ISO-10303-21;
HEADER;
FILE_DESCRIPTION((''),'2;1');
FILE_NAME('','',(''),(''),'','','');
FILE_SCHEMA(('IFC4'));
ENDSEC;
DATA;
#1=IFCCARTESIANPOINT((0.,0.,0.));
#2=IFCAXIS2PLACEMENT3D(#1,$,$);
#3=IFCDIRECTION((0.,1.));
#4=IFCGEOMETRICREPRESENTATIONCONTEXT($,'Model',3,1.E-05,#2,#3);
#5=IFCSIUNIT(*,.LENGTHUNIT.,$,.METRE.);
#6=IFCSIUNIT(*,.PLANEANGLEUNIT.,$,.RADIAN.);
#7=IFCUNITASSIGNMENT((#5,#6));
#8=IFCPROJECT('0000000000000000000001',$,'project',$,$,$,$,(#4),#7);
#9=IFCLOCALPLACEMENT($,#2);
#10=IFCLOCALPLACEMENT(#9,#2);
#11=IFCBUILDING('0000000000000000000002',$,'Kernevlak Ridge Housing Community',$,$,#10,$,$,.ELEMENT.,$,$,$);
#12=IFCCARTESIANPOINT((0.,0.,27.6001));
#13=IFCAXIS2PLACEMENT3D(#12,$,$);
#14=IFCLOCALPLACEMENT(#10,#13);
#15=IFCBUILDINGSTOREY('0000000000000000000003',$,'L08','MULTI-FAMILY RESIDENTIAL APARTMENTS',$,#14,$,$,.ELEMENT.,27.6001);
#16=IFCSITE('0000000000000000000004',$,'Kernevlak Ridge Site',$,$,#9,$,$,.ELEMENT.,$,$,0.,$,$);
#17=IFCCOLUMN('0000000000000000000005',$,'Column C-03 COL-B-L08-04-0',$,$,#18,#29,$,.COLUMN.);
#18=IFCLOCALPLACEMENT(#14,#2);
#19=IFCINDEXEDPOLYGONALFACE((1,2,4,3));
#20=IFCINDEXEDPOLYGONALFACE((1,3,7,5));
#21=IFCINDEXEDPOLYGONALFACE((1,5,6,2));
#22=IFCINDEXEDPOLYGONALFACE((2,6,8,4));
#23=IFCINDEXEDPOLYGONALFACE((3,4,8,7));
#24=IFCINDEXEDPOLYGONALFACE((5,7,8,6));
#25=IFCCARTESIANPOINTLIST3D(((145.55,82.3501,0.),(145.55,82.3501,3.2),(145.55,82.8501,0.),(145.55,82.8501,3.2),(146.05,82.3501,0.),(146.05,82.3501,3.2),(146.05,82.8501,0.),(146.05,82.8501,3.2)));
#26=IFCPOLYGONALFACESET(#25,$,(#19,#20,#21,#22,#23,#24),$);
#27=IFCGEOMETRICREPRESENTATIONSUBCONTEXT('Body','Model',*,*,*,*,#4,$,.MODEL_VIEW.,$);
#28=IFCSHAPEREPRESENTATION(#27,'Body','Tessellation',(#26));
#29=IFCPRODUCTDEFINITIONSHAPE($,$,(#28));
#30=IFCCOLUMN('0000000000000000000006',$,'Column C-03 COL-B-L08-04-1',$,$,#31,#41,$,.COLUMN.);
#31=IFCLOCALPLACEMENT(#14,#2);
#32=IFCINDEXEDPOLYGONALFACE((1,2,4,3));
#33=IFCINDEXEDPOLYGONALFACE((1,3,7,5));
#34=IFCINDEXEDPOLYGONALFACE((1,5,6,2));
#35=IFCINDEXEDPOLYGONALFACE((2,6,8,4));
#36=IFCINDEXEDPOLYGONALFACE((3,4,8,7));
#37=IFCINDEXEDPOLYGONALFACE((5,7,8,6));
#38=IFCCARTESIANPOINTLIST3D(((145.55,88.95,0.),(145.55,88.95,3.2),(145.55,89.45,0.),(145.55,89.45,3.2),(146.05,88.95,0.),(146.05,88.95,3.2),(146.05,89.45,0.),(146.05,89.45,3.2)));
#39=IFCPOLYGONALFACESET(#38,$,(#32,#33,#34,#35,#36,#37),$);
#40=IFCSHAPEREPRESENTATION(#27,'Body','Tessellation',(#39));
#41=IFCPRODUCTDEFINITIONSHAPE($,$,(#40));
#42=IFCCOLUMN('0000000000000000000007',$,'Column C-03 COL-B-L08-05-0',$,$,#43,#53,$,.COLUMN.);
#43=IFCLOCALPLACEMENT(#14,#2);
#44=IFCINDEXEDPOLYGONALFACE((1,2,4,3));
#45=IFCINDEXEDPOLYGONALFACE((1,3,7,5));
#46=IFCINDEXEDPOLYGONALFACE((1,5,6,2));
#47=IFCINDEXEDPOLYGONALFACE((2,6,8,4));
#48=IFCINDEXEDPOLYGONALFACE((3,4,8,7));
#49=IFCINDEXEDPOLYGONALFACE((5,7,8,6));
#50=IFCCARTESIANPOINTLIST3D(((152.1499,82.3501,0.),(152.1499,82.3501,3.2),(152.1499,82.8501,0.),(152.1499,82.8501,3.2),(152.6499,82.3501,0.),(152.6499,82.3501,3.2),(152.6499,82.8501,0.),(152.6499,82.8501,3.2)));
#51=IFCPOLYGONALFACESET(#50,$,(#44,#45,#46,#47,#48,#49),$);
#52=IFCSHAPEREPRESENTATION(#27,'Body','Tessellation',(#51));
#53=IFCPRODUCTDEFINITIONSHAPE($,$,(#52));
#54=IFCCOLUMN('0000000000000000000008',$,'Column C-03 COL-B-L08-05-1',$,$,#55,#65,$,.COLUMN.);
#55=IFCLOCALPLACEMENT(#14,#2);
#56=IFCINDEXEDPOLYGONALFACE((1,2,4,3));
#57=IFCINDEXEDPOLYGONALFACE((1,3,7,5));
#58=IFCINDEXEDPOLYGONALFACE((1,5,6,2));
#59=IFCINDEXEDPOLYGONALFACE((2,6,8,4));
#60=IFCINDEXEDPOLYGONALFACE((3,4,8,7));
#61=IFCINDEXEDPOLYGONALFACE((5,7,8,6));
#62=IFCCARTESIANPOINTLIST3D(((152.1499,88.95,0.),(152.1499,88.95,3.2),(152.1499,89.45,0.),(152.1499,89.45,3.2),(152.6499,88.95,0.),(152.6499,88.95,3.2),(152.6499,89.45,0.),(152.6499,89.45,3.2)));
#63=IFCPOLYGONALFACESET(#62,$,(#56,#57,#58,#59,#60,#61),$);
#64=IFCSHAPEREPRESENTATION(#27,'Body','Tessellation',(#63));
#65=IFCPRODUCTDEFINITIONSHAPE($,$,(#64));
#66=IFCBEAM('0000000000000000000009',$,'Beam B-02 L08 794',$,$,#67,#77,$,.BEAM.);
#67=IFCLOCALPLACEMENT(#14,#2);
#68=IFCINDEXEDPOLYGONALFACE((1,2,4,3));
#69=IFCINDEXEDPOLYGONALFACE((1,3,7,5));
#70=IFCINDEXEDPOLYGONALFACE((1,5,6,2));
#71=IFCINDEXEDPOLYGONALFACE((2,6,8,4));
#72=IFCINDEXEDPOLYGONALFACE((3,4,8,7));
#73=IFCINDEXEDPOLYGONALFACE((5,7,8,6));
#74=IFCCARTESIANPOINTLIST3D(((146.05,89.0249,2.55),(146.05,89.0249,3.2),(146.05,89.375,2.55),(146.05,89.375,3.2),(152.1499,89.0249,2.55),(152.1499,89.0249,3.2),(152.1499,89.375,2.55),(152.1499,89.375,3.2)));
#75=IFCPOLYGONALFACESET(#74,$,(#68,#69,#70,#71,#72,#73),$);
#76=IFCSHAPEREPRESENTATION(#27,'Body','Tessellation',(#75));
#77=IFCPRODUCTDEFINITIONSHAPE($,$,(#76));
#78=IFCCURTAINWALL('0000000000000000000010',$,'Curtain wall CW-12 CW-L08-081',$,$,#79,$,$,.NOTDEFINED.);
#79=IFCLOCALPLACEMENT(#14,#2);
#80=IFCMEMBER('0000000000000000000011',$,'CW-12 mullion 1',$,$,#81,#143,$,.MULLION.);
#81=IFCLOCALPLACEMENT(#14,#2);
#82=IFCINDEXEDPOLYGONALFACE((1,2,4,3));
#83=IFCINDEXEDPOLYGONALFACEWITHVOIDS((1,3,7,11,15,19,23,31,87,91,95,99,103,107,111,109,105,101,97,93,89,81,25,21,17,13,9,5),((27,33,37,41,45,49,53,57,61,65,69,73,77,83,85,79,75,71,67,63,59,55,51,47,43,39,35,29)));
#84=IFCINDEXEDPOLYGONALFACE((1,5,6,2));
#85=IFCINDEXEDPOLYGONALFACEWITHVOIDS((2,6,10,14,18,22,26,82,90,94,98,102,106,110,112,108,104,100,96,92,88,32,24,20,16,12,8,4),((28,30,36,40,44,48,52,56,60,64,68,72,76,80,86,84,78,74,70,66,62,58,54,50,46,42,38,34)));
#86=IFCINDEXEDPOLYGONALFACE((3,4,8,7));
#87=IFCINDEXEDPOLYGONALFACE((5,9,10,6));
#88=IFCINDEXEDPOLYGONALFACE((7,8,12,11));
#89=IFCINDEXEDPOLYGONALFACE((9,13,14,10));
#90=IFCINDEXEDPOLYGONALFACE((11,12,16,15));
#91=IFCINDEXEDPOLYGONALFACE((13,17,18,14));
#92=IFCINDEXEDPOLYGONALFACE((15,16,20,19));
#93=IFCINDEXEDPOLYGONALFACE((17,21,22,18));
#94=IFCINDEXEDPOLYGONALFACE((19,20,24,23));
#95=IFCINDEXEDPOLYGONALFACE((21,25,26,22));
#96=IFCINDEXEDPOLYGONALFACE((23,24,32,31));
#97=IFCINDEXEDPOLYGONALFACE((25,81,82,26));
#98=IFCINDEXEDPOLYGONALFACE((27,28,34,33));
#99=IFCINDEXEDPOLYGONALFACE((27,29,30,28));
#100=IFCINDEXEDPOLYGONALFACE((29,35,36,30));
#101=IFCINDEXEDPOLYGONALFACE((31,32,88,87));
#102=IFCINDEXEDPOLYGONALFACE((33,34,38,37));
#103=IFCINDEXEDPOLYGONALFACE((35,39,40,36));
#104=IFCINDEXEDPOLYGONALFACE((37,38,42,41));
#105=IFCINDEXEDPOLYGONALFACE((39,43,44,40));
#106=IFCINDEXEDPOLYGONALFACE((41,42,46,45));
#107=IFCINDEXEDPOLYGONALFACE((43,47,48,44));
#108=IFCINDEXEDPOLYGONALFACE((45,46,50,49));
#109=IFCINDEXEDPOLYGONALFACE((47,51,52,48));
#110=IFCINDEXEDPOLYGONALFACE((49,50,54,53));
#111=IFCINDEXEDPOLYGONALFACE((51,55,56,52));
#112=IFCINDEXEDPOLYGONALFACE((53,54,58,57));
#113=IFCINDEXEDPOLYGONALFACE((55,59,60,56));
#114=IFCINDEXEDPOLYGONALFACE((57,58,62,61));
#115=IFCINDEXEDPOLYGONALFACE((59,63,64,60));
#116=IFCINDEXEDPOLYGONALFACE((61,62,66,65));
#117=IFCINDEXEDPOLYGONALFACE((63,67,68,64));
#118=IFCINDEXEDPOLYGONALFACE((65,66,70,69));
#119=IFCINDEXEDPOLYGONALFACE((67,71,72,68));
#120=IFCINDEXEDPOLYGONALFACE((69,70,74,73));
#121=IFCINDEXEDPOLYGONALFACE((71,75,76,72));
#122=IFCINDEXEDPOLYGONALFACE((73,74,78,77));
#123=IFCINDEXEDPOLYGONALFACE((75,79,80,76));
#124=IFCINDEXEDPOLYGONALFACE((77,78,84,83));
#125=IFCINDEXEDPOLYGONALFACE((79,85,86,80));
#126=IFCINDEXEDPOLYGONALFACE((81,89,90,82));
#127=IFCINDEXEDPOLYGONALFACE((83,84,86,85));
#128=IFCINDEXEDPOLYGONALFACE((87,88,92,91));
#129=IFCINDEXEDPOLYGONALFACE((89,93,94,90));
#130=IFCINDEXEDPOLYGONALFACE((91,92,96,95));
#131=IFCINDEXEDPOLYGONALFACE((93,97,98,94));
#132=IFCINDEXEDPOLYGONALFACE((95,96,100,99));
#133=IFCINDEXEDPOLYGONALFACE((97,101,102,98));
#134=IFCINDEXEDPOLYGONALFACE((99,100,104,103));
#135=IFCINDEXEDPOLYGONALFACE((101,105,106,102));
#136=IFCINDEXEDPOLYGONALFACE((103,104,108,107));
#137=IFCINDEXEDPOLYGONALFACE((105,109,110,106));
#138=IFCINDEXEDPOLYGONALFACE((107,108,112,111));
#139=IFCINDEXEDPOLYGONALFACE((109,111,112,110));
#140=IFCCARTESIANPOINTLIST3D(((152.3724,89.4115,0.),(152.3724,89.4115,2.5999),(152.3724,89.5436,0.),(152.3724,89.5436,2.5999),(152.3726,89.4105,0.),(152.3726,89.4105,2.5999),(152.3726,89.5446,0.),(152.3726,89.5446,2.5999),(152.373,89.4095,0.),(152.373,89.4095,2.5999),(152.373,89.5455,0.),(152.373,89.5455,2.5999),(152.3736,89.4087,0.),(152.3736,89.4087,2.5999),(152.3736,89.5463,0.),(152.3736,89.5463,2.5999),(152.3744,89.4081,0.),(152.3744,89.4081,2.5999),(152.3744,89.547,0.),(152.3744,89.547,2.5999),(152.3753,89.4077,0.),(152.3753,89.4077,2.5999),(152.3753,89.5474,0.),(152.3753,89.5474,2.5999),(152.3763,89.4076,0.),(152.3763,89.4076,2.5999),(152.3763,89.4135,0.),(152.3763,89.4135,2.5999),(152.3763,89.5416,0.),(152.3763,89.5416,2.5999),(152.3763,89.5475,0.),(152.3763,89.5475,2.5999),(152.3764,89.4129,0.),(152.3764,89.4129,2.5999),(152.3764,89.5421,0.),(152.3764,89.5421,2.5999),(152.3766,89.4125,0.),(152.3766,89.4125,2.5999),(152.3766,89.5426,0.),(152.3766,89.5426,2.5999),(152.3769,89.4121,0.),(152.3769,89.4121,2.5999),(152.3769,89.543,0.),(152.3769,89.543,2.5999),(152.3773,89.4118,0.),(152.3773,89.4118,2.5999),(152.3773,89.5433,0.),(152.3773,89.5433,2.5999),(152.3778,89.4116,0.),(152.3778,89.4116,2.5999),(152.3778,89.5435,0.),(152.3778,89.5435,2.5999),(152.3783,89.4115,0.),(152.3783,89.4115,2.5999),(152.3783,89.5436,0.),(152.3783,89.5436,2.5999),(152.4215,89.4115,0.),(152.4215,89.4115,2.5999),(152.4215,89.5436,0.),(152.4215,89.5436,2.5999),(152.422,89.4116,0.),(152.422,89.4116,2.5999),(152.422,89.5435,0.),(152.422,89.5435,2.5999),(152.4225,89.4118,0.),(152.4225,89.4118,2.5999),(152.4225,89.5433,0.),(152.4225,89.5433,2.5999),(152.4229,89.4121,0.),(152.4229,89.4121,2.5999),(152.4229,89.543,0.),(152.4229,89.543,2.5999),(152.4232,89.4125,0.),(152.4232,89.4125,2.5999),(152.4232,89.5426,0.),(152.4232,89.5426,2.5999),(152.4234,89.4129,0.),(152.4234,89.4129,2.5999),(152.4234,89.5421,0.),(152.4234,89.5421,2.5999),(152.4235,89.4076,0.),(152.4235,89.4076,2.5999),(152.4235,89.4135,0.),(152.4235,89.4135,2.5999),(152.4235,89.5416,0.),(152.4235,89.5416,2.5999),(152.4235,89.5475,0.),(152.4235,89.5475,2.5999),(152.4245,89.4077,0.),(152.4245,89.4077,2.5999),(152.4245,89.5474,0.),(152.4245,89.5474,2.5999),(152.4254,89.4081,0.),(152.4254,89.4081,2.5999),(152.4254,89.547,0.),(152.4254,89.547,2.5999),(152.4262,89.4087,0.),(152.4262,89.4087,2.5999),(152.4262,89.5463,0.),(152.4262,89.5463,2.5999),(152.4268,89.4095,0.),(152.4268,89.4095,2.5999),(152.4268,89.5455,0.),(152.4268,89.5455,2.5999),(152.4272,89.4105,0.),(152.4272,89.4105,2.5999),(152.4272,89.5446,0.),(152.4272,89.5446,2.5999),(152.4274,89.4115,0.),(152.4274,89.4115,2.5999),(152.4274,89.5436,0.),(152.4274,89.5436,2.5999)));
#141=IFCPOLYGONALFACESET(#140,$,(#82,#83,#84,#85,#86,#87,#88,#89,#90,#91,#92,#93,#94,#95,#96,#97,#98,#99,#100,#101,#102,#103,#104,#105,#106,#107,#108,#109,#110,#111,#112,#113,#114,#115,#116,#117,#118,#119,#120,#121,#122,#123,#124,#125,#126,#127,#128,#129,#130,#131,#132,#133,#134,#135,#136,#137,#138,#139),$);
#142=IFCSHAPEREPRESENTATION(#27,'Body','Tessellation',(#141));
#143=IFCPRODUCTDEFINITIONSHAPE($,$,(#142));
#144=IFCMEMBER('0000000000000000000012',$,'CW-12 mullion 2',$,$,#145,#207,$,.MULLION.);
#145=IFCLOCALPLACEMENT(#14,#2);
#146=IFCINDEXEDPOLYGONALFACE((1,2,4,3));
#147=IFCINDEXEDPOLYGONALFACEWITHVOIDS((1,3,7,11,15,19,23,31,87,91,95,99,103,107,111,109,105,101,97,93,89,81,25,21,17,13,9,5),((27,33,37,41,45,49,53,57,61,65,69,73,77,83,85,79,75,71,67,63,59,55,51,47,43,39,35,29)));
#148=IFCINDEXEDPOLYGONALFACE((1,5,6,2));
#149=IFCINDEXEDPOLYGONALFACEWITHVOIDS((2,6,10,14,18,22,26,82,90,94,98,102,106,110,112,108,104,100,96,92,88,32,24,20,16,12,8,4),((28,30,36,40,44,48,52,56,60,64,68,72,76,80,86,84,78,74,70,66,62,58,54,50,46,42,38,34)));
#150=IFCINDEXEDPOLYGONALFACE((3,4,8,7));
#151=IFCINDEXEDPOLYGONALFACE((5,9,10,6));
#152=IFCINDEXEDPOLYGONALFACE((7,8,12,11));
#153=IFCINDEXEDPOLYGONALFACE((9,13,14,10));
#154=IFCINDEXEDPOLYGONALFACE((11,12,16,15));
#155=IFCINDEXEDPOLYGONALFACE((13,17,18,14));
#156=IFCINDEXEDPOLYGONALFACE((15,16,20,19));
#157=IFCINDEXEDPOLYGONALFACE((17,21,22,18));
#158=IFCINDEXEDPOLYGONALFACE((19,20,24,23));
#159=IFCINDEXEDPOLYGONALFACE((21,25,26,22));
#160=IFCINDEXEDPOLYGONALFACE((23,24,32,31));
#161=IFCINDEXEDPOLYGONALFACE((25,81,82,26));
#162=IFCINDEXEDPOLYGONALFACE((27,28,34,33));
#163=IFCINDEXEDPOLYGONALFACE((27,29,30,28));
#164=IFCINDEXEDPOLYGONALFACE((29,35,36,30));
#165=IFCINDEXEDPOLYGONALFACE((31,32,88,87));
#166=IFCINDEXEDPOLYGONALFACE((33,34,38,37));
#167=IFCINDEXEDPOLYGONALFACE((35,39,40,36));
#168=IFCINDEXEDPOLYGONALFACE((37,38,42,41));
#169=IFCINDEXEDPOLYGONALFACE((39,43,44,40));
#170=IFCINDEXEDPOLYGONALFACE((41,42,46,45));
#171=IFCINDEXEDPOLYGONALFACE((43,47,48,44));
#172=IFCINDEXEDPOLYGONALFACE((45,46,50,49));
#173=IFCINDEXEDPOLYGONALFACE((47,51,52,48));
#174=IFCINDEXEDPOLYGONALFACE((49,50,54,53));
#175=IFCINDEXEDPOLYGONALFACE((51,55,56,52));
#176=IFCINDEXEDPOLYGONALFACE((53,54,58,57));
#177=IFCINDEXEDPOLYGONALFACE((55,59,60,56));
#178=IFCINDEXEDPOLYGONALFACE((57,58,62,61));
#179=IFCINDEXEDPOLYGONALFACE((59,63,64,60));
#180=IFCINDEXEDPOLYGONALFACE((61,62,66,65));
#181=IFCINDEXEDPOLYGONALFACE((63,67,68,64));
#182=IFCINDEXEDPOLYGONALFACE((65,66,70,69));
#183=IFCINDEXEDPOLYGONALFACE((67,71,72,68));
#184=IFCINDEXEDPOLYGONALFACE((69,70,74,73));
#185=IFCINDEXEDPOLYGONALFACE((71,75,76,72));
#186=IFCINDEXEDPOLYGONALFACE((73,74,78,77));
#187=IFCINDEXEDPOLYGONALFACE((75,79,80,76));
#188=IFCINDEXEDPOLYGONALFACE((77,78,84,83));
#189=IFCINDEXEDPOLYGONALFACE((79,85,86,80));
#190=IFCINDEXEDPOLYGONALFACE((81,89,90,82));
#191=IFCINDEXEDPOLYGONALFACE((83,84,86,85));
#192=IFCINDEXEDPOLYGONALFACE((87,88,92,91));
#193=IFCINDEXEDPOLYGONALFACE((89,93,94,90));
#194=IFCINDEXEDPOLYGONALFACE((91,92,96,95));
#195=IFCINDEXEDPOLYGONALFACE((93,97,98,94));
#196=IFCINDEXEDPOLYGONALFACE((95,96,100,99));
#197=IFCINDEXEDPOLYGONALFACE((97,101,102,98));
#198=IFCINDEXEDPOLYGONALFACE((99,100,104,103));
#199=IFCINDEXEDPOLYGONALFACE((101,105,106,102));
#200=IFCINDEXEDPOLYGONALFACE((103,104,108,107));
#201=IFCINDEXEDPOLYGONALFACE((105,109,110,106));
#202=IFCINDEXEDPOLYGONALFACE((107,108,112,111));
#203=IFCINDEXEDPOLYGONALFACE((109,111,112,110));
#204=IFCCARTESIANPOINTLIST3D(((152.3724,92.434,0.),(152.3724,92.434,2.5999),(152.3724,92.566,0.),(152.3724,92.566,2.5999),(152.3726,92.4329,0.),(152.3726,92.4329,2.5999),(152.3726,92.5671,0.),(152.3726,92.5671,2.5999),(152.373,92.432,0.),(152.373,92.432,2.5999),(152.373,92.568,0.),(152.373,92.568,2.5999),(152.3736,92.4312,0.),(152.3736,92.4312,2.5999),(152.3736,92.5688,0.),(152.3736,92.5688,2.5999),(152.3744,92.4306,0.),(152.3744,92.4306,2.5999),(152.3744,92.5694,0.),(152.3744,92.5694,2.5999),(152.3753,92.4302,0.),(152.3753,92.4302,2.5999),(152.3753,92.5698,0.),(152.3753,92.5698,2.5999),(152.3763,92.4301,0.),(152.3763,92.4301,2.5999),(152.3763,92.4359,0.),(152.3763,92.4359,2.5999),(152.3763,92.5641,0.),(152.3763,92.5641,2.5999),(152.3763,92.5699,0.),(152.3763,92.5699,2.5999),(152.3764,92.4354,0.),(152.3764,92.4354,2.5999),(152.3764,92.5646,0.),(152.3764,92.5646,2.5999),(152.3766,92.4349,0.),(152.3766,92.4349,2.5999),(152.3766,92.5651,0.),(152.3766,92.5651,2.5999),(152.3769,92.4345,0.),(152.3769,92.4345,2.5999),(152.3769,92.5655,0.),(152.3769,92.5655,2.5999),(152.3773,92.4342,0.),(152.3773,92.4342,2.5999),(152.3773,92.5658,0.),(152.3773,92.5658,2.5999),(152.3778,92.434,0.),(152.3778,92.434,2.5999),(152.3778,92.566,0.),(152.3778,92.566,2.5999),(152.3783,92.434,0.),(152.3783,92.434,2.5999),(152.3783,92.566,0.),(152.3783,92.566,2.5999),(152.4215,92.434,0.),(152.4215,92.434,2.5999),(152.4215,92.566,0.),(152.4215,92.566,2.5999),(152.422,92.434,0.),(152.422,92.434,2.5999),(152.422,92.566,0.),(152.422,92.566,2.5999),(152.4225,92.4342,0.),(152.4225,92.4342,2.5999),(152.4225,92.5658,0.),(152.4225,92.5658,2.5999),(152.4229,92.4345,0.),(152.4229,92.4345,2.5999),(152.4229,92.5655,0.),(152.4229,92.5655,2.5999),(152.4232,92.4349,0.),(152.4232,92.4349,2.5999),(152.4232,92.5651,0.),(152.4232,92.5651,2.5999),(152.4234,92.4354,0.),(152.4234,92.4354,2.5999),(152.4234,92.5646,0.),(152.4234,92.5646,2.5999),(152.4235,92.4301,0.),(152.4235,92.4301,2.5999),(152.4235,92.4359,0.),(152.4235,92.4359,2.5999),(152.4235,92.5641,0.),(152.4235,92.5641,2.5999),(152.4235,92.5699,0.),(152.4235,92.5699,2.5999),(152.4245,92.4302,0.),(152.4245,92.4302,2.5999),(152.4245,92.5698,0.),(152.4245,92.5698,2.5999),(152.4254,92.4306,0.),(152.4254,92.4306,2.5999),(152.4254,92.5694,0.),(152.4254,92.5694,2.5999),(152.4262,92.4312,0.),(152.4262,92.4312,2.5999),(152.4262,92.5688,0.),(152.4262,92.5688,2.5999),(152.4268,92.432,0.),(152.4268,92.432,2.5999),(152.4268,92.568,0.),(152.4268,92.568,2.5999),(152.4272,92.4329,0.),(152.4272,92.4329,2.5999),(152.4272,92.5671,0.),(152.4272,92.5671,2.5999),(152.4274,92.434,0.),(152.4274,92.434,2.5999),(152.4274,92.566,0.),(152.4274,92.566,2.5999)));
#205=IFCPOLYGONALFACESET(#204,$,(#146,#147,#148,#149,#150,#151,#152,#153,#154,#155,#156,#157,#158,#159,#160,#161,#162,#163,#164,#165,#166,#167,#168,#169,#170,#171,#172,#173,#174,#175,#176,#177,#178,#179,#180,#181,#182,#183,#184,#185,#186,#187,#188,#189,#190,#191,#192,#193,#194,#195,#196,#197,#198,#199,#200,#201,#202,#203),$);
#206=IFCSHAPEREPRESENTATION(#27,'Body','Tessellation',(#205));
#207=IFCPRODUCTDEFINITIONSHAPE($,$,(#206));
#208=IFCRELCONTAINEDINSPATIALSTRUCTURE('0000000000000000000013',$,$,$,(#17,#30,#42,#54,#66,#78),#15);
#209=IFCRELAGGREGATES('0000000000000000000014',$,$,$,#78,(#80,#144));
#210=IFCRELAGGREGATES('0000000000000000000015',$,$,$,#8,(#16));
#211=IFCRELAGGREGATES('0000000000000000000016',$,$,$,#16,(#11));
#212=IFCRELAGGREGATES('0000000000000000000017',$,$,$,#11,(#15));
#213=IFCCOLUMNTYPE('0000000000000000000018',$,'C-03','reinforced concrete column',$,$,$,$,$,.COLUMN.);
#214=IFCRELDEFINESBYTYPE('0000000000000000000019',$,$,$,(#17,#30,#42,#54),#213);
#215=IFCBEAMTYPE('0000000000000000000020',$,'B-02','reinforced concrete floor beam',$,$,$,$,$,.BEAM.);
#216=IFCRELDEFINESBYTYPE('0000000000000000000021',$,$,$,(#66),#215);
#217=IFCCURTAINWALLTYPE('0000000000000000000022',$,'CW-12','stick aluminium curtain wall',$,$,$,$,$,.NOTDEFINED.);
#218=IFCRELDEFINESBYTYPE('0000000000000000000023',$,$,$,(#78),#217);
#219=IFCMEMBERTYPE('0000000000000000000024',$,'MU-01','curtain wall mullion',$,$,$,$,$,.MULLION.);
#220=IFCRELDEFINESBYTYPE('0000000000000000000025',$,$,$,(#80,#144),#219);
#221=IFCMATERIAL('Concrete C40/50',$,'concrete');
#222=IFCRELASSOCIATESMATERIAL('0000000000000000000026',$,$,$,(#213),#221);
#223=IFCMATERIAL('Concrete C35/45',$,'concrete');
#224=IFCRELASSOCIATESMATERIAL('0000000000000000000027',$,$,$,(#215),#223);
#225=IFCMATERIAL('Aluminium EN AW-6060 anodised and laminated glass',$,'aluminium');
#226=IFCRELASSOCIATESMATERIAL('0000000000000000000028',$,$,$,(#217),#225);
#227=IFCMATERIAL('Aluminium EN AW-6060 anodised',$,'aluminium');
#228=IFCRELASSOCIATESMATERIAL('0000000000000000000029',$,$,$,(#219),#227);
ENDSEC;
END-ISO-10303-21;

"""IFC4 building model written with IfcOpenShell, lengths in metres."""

from ifc_helpers import new_model, si_unit, direction, frame, origin, origin_2d, place, context, subcontext, project, spatial, rectangle, hollow_rectangle, extrude, material, material_profile, profile_set, type_object, element, aggregate, save


model = new_model("IFC4")

# Units and contexts
model_context = context("Model", 3, precision=1e-05, world=origin(), true_north=direction((0.0, 1.0)))
body_context = subcontext(model_context, "Body", "Model", "MODEL_VIEW")
ifc_project = project(units=[si_unit("LENGTHUNIT", "METRE"), si_unit("PLANEANGLEUNIT", "RADIAN")], contexts=[model_context])

# Site, building, storey
site_placement = place(None, origin())
site = spatial("IfcSite", under=ifc_project, at=site_placement, Name="Kernevlak Ridge Site", CompositionType="ELEMENT", RefElevation=0.0)
building_placement = place(site_placement, origin())
building = spatial("IfcBuilding", under=site, at=building_placement, Name="Kernevlak Ridge Housing Community", CompositionType="ELEMENT")
storey_placement = place(building_placement, frame((0.0, 0.0, 27.6001)))
storey = spatial("IfcBuildingStorey", under=building, at=storey_placement, Name="L08", Description="MULTI-FAMILY RESIDENTIAL APARTMENTS", CompositionType="ELEMENT", Elevation=27.6001)

# Columns
ifc_material_1 = material(Name="Concrete C40/50", Category="concrete")
ifc_material_profile_1 = material_profile(ifc_material_1, rectangle(XDim=0.5, YDim=0.5, at=origin_2d()), Name="RC 500x500")
ifc_profile_set_1 = profile_set([ifc_material_profile_1], Name="Concrete C40/50")
column_type = type_object("IfcColumnType", Name="C-03", Description="reinforced concrete column", PredefinedType="COLUMN", material=ifc_profile_set_1)
for number, where, z_axis, x_axis, name in (
    (1, (145.8, 82.6001, 0.0), (0.0, 0.0, 1.0), (1.0, 0.0, 0.0), "Column C-03 COL-B-L08-04-0"),
    (2, (145.8, 89.2, 0.0), (0.0, 0.0, 1.0), (1.0, 0.0, 0.0), "Column C-03 COL-B-L08-04-1"),
    (3, (152.3999, 82.6001, 0.0), (0.0, 0.0, 1.0), (1.0, 0.0, 0.0), "Column C-03 COL-B-L08-05-0"),
    (4, (152.3999, 89.2, 0.0), (0.0, 0.0, 1.0), (1.0, 0.0, 0.0), "Column C-03 COL-B-L08-05-1"),
):
    element("IfcColumn", number, at=place(storey_placement, frame(where, z_axis=z_axis, x_axis=x_axis)), inside=storey, type_object=column_type, Name=name, PredefinedType="COLUMN", context=body_context, shape_type="SweptSolid", body=[
        extrude(rectangle(XDim=0.5, YDim=0.5, at=origin_2d()), origin(), (0.0, 0.0, 1.0), 3.2),
    ])

# Beam
ifc_material_2 = material(Name="Concrete C35/45", Category="concrete")
ifc_material_profile_2 = material_profile(ifc_material_2, rectangle(XDim=0.3501, YDim=0.6499, at=origin_2d()), Name="RC 350x650")
ifc_profile_set_2 = profile_set([ifc_material_profile_2], Name="Concrete C35/45")
beam_type_1 = type_object("IfcBeamType", Name="B-02", Description="reinforced concrete floor beam", PredefinedType="BEAM", material=ifc_profile_set_2)
beam_1_placement = place(storey_placement, frame((146.05, 89.2, 2.875), z_axis=(1.0, 0.0, 0.0), x_axis=(0.0, 1.0, 0.0)))
element("IfcBeam", 5, at=beam_1_placement, inside=storey, type_object=beam_type_1, Name="Beam B-02 L08 794", PredefinedType="BEAM", context=body_context, shape_type="SweptSolid", body=[
    extrude(rectangle(XDim=0.3501, YDim=0.6499, at=origin_2d()), origin(), (0.0, 0.0, 1.0), 6.0999),
])

# Curtain wall, members
ifc_material_3 = material(Name="Aluminium EN AW-6060 anodised and laminated glass", Category="aluminium")
curtain_wall_type = type_object("IfcCurtainWallType", Name="CW-12", Description="stick aluminium curtain wall", PredefinedType="NOTDEFINED", material=ifc_material_3)
curtain_wall_placement = place(storey_placement, origin())
curtain_wall = element("IfcCurtainWall", 6, at=curtain_wall_placement, inside=storey, type_object=curtain_wall_type, Name="Curtain wall CW-12 CW-L08-081", PredefinedType="NOTDEFINED")
ifc_material_4 = material(Name="Aluminium EN AW-6060 anodised", Category="aluminium")
ifc_material_profile_3 = material_profile(ifc_material_4, hollow_rectangle(XDim=0.0549, YDim=0.1399, WallThickness=0.0039, InnerFilletRadius=0.002, OuterFilletRadius=0.0039, at=origin_2d()), Name="ALU 55x140x4")
ifc_profile_set_3 = profile_set([ifc_material_profile_3], Name="Aluminium EN AW-6060 anodised")
member_type_1 = type_object("IfcMemberType", Name="MU-01", Description="curtain wall mullion", PredefinedType="MULLION", material=ifc_profile_set_3)
member_1_placement = place(storey_placement, frame((152.3999, 89.4775, 0.0), z_axis=(0.0, 0.0, 1.0), x_axis=(-1.0, 0.0, 0.0)))
member_1 = element("IfcMember", 7, at=member_1_placement, type_object=member_type_1, Name="CW-12 mullion 1", PredefinedType="MULLION", context=body_context, shape_type="SweptSolid", body=[
    extrude(hollow_rectangle(XDim=0.0549, YDim=0.1399, WallThickness=0.0039, InnerFilletRadius=0.002, OuterFilletRadius=0.0039, at=origin_2d()), origin(), (0.0, 0.0, 1.0), 2.5999),
])
member_2_placement = place(storey_placement, frame((152.3999, 92.5, 0.0), z_axis=(0.0, 0.0, 1.0), x_axis=(-1.0, 0.0, 0.0)))
member_2 = element("IfcMember", 8, at=member_2_placement, type_object=member_type_1, Name="CW-12 mullion 2", PredefinedType="MULLION", context=body_context, shape_type="SweptSolid", body=[
    extrude(hollow_rectangle(XDim=0.0549, YDim=0.1399, WallThickness=0.0039, InnerFilletRadius=0.002, OuterFilletRadius=0.0039, at=origin_2d()), origin(), (0.0, 0.0, 1.0), 2.5999),
])

aggregate(curtain_wall, [member_1, member_2])

save(model, "model.ifc")
